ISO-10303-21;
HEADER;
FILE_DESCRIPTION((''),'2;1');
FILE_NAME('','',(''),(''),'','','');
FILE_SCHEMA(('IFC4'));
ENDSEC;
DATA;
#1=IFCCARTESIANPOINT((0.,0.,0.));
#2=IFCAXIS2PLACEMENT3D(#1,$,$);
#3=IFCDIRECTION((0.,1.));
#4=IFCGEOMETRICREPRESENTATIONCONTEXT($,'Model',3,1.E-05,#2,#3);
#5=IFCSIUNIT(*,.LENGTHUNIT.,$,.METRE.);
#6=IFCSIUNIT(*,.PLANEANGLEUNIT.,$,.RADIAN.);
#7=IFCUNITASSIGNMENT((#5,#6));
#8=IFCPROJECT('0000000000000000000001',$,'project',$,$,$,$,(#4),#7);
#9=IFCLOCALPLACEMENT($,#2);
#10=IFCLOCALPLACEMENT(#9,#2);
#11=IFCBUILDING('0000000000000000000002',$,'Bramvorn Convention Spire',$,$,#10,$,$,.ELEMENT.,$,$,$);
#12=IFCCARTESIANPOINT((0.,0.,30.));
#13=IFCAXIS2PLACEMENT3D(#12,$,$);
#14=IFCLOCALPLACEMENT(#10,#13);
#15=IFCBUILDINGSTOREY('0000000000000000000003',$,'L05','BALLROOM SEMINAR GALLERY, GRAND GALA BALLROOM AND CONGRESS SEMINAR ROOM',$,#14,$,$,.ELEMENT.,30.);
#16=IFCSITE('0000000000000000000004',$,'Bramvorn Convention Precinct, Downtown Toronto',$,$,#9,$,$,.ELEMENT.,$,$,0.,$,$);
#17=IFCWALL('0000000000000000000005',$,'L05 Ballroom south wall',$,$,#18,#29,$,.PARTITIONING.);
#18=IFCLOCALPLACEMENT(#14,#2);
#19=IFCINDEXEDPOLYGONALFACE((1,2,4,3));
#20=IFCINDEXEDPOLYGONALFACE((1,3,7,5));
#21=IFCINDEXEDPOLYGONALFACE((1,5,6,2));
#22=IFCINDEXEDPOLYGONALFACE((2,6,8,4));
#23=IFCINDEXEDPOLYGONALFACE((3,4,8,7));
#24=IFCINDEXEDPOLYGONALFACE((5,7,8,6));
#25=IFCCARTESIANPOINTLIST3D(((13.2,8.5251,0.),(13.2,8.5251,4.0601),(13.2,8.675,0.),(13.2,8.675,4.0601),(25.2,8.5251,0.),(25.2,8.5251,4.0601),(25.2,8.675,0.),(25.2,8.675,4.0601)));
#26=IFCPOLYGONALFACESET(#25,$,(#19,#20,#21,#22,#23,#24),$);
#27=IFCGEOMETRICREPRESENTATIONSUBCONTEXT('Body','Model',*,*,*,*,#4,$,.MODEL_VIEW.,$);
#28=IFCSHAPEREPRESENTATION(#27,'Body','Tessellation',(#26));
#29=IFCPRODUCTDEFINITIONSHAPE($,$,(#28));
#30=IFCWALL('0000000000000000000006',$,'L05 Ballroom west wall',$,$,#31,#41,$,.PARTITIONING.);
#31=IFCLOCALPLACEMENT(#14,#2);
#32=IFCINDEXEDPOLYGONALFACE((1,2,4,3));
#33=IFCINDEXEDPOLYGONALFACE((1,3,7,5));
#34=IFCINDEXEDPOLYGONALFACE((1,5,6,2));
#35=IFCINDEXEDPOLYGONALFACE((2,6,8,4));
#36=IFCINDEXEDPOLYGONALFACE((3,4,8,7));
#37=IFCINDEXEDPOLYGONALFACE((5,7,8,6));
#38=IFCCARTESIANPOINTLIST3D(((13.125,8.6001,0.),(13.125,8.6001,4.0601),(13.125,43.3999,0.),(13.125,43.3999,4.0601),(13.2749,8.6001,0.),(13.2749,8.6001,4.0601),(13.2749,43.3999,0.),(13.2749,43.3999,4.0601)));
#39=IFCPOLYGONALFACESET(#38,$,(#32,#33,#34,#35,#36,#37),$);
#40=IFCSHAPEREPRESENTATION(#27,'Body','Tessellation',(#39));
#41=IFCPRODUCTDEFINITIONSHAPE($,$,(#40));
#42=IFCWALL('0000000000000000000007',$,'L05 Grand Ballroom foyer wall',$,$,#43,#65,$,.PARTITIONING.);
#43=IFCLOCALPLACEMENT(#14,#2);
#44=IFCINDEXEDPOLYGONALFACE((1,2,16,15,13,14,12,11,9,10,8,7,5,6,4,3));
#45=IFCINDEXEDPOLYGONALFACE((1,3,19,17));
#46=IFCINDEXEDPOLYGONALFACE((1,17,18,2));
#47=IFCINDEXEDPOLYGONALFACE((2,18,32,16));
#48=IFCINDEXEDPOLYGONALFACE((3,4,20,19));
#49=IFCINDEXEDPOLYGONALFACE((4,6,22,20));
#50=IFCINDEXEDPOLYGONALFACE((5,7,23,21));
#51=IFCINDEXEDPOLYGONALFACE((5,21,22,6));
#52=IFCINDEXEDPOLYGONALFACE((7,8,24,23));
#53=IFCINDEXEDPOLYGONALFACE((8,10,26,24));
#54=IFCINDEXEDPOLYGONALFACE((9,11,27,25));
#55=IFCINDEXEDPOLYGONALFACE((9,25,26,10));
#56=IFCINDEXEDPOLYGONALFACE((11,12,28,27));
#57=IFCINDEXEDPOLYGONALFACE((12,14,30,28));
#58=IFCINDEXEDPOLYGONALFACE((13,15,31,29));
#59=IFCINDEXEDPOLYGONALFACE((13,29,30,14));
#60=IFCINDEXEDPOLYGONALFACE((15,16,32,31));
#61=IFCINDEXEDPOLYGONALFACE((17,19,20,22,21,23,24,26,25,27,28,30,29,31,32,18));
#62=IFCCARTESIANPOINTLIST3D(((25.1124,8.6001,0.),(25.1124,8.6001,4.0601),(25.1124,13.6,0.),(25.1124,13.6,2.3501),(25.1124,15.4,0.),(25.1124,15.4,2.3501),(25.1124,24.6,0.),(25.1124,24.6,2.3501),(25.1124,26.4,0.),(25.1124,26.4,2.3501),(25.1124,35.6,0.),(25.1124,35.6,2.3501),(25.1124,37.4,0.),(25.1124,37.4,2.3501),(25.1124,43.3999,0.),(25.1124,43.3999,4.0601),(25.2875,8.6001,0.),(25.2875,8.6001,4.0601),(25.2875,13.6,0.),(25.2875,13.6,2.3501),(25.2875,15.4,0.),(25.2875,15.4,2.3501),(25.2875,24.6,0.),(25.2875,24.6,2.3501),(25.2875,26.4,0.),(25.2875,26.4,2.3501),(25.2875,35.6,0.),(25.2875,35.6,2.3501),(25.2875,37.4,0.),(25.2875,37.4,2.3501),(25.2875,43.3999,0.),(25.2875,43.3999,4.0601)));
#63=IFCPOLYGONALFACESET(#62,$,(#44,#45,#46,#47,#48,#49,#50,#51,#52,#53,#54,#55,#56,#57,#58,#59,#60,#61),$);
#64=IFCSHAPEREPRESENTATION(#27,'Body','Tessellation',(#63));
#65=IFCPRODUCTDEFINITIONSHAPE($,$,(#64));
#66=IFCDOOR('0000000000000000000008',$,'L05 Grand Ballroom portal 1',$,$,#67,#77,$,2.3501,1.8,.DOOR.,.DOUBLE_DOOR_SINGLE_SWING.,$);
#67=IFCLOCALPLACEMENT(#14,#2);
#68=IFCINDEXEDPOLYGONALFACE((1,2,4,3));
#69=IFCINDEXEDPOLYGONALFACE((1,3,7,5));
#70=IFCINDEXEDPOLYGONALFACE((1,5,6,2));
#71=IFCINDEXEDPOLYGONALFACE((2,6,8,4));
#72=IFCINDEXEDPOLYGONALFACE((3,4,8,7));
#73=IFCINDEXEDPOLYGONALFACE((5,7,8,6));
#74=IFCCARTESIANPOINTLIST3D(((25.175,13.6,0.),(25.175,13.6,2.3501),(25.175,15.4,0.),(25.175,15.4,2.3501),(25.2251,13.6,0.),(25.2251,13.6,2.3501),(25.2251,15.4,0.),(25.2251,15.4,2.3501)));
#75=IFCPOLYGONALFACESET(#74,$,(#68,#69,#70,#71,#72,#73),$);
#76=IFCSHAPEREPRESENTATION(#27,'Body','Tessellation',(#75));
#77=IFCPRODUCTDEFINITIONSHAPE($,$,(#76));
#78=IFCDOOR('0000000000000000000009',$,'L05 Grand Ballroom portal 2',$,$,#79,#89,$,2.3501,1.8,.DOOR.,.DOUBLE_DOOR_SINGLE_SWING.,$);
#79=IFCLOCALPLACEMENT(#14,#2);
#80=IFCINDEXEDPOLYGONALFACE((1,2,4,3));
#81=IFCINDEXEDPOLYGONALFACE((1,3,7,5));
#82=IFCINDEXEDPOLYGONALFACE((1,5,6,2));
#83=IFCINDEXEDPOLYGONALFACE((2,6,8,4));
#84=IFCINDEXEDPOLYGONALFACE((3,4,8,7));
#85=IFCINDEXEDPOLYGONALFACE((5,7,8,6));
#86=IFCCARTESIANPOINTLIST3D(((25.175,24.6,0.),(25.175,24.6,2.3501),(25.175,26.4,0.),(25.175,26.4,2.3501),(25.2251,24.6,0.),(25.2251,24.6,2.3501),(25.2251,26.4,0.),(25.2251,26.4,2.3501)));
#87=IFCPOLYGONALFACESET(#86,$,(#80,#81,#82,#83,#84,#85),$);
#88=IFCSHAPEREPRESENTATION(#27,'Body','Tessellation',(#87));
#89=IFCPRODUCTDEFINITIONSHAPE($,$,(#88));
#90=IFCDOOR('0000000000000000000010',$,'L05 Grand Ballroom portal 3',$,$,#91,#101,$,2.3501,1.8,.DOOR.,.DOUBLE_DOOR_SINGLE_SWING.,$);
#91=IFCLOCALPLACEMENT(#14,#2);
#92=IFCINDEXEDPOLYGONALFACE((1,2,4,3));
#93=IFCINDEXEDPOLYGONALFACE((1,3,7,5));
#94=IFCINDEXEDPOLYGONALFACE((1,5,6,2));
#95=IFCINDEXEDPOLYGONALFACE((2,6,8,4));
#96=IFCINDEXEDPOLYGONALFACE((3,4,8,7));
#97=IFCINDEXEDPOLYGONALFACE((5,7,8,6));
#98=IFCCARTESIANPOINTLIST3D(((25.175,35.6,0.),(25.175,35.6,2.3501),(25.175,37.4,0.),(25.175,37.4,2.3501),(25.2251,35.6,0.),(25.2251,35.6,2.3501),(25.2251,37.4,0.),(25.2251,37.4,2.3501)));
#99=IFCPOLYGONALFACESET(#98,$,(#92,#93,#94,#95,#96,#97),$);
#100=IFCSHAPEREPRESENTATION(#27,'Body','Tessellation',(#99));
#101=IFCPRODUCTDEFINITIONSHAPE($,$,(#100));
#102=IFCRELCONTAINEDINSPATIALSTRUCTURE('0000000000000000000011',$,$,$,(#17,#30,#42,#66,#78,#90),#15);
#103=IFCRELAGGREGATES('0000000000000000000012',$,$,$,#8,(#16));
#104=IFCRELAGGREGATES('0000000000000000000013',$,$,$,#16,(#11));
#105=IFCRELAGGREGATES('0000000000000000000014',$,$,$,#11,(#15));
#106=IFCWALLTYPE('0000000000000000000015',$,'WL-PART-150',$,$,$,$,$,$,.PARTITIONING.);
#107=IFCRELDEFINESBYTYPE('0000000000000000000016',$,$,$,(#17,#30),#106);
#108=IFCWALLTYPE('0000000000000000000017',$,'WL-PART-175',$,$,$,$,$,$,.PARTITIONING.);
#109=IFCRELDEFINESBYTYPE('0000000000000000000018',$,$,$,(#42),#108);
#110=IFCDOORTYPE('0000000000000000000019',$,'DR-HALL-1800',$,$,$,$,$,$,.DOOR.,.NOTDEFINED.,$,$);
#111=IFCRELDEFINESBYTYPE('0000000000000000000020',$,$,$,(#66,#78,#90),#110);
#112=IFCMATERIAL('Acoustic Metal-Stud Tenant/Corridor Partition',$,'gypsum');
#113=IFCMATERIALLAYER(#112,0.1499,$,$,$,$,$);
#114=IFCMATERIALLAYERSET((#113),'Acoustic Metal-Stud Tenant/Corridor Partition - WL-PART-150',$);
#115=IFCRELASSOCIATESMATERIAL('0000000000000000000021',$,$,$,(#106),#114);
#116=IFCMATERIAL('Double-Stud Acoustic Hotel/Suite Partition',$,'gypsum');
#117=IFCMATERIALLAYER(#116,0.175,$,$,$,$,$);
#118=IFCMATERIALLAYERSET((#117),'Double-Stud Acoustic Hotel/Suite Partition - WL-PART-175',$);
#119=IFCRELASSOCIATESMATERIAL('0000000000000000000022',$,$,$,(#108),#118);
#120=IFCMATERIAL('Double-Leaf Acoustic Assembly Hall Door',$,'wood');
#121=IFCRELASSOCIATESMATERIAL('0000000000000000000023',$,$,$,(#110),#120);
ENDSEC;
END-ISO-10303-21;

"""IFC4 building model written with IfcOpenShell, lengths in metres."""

from ifc_helpers import new_model, si_unit, direction, frame, frame_2d, origin, place, context, subcontext, project, spatial, rectangle, extrude, material, layer, layer_set, type_object, element, fill, save


model = new_model("IFC4")

# Units and contexts
model_context = context("Model", 3, precision=1e-05, world=origin(), true_north=direction((0.0, 1.0)))
body_context = subcontext(model_context, "Body", "Model", "MODEL_VIEW")
ifc_project = project(units=[si_unit("LENGTHUNIT", "METRE"), si_unit("PLANEANGLEUNIT", "RADIAN")], contexts=[model_context])

# Site, building, storey
site_placement = place(None, origin())
site = spatial("IfcSite", under=ifc_project, at=site_placement, Name="Bramvorn Convention Precinct, Downtown Toronto", CompositionType="ELEMENT", RefElevation=0.0)
building_placement = place(site_placement, origin())
building = spatial("IfcBuilding", under=site, at=building_placement, Name="Bramvorn Convention Spire", CompositionType="ELEMENT")
storey_placement = place(building_placement, frame((0.0, 0.0, 30.0)))
storey = spatial("IfcBuildingStorey", under=building, at=storey_placement, Name="L05", Description="BALLROOM SEMINAR GALLERY, GRAND GALA BALLROOM AND CONGRESS SEMINAR ROOM", CompositionType="ELEMENT", Elevation=30.0)

# Walls
ifc_material_1 = material(Name="Acoustic Metal-Stud Tenant/Corridor Partition", Category="gypsum")
ifc_layer_1 = layer(ifc_material_1, 0.1499)
ifc_layer_set_1 = layer_set([ifc_layer_1], Name="Acoustic Metal-Stud Tenant/Corridor Partition - WL-PART-150")
wall_type_1 = type_object("IfcWallType", Name="WL-PART-150", PredefinedType="PARTITIONING", material=ifc_layer_set_1)
wall_1_placement = place(storey_placement, frame((13.2, 8.6001, 0.0), z_axis=(0.0, 0.0, 1.0), x_axis=(1.0, 0.0, 0.0)))
element("IfcWall", 1, at=wall_1_placement, inside=storey, type_object=wall_type_1, Name="L05 Ballroom south wall", PredefinedType="PARTITIONING", context=body_context, shape_type="SweptSolid", body=[
    extrude(rectangle(XDim=12.0, YDim=0.1499, at=frame_2d((6.0, 0.0))), origin(), (0.0, 0.0, 1.0), 4.0601),
])
wall_2_placement = place(storey_placement, frame((13.2, 8.6001, 0.0), z_axis=(0.0, 0.0, 1.0), x_axis=(0.0, 1.0, 0.0)))
element("IfcWall", 2, at=wall_2_placement, inside=storey, type_object=wall_type_1, Name="L05 Ballroom west wall", PredefinedType="PARTITIONING", context=body_context, shape_type="SweptSolid", body=[
    extrude(rectangle(XDim=34.7998, YDim=0.1499, at=frame_2d((17.3999, 0.0))), origin(), (0.0, 0.0, 1.0), 4.0601),
])

# Wall, openings, doors
ifc_material_2 = material(Name="Double-Stud Acoustic Hotel/Suite Partition", Category="gypsum")
ifc_layer_2 = layer(ifc_material_2, 0.175)
ifc_layer_set_2 = layer_set([ifc_layer_2], Name="Double-Stud Acoustic Hotel/Suite Partition - WL-PART-175")
wall_type_2 = type_object("IfcWallType", Name="WL-PART-175", PredefinedType="PARTITIONING", material=ifc_layer_set_2)
wall_3_placement = place(storey_placement, frame((25.2, 8.6001, 0.0), z_axis=(0.0, 0.0, 1.0), x_axis=(0.0, 1.0, 0.0)))
wall_3 = element("IfcWall", 3, at=wall_3_placement, inside=storey, type_object=wall_type_2, Name="L05 Grand Ballroom foyer wall", PredefinedType="PARTITIONING", context=body_context, shape_type="SweptSolid", body=[
    extrude(rectangle(XDim=34.7998, YDim=0.175, at=frame_2d((17.3999, 0.0))), origin(), (0.0, 0.0, 1.0), 4.0601),
])
opening_1_placement = place(wall_3_placement, frame((5.0, 0.0, 0.0)))
opening_1 = element("IfcOpeningElement", 4, at=opening_1_placement, cuts=wall_3, PredefinedType="OPENING", context=body_context, shape_type="SweptSolid", body=[
    extrude(rectangle(XDim=1.8, YDim=2.3501, at=frame_2d((0.8999, 1.175))), frame((0.0, 0.0974, 0.0), z_axis=(0.0, -1.0, 0.0), x_axis=(1.0, 0.0, 0.0)), (0.0, 0.0, 1.0), 0.1951),
])
opening_2_placement = place(wall_3_placement, frame((16.0, 0.0, 0.0)))
opening_2 = element("IfcOpeningElement", 5, at=opening_2_placement, cuts=wall_3, PredefinedType="OPENING", context=body_context, shape_type="SweptSolid", body=[
    extrude(rectangle(XDim=1.8, YDim=2.3501, at=frame_2d((0.8999, 1.175))), frame((0.0, 0.0974, 0.0), z_axis=(0.0, -1.0, 0.0), x_axis=(1.0, 0.0, 0.0)), (0.0, 0.0, 1.0), 0.1951),
])
opening_3_placement = place(wall_3_placement, frame((27.0, 0.0, 0.0)))
opening_3 = element("IfcOpeningElement", 6, at=opening_3_placement, cuts=wall_3, PredefinedType="OPENING", context=body_context, shape_type="SweptSolid", body=[
    extrude(rectangle(XDim=1.8, YDim=2.3501, at=frame_2d((0.8999, 1.175))), frame((0.0, 0.0974, 0.0), z_axis=(0.0, -1.0, 0.0), x_axis=(1.0, 0.0, 0.0)), (0.0, 0.0, 1.0), 0.1951),
])
ifc_material_3 = material(Name="Double-Leaf Acoustic Assembly Hall Door", Category="wood")
door_type_1 = type_object("IfcDoorType", Name="DR-HALL-1800", OperationType="NOTDEFINED", PredefinedType="DOOR", material=ifc_material_3)
door_1_placement = place(opening_1_placement, origin())
door_1 = element("IfcDoor", 7, at=door_1_placement, inside=storey, type_object=door_type_1, Name="L05 Grand Ballroom portal 1", OperationType="DOUBLE_DOOR_SINGLE_SWING", OverallHeight=2.3501, OverallWidth=1.8, PredefinedType="DOOR", context=body_context, shape_type="SweptSolid", body=[
    extrude(rectangle(XDim=1.8, YDim=2.3501, at=frame_2d((0.8999, 1.175))), frame((0.0, 0.0249, 0.0), z_axis=(0.0, -1.0, 0.0), x_axis=(1.0, 0.0, 0.0)), (0.0, 0.0, 1.0), 0.05),
])
fill(opening_1, door_1)
door_2_placement = place(opening_2_placement, origin())
door_2 = element("IfcDoor", 8, at=door_2_placement, inside=storey, type_object=door_type_1, Name="L05 Grand Ballroom portal 2", OperationType="DOUBLE_DOOR_SINGLE_SWING", OverallHeight=2.3501, OverallWidth=1.8, PredefinedType="DOOR", context=body_context, shape_type="SweptSolid", body=[
    extrude(rectangle(XDim=1.8, YDim=2.3501, at=frame_2d((0.8999, 1.175))), frame((0.0, 0.0249, 0.0), z_axis=(0.0, -1.0, 0.0), x_axis=(1.0, 0.0, 0.0)), (0.0, 0.0, 1.0), 0.05),
])
fill(opening_2, door_2)
door_3_placement = place(opening_3_placement, origin())
door_3 = element("IfcDoor", 9, at=door_3_placement, inside=storey, type_object=door_type_1, Name="L05 Grand Ballroom portal 3", OperationType="DOUBLE_DOOR_SINGLE_SWING", OverallHeight=2.3501, OverallWidth=1.8, PredefinedType="DOOR", context=body_context, shape_type="SweptSolid", body=[
    extrude(rectangle(XDim=1.8, YDim=2.3501, at=frame_2d((0.8999, 1.175))), frame((0.0, 0.0249, 0.0), z_axis=(0.0, -1.0, 0.0), x_axis=(1.0, 0.0, 0.0)), (0.0, 0.0, 1.0), 0.05),
])
fill(opening_3, door_3)

save(model, "model.ifc")
